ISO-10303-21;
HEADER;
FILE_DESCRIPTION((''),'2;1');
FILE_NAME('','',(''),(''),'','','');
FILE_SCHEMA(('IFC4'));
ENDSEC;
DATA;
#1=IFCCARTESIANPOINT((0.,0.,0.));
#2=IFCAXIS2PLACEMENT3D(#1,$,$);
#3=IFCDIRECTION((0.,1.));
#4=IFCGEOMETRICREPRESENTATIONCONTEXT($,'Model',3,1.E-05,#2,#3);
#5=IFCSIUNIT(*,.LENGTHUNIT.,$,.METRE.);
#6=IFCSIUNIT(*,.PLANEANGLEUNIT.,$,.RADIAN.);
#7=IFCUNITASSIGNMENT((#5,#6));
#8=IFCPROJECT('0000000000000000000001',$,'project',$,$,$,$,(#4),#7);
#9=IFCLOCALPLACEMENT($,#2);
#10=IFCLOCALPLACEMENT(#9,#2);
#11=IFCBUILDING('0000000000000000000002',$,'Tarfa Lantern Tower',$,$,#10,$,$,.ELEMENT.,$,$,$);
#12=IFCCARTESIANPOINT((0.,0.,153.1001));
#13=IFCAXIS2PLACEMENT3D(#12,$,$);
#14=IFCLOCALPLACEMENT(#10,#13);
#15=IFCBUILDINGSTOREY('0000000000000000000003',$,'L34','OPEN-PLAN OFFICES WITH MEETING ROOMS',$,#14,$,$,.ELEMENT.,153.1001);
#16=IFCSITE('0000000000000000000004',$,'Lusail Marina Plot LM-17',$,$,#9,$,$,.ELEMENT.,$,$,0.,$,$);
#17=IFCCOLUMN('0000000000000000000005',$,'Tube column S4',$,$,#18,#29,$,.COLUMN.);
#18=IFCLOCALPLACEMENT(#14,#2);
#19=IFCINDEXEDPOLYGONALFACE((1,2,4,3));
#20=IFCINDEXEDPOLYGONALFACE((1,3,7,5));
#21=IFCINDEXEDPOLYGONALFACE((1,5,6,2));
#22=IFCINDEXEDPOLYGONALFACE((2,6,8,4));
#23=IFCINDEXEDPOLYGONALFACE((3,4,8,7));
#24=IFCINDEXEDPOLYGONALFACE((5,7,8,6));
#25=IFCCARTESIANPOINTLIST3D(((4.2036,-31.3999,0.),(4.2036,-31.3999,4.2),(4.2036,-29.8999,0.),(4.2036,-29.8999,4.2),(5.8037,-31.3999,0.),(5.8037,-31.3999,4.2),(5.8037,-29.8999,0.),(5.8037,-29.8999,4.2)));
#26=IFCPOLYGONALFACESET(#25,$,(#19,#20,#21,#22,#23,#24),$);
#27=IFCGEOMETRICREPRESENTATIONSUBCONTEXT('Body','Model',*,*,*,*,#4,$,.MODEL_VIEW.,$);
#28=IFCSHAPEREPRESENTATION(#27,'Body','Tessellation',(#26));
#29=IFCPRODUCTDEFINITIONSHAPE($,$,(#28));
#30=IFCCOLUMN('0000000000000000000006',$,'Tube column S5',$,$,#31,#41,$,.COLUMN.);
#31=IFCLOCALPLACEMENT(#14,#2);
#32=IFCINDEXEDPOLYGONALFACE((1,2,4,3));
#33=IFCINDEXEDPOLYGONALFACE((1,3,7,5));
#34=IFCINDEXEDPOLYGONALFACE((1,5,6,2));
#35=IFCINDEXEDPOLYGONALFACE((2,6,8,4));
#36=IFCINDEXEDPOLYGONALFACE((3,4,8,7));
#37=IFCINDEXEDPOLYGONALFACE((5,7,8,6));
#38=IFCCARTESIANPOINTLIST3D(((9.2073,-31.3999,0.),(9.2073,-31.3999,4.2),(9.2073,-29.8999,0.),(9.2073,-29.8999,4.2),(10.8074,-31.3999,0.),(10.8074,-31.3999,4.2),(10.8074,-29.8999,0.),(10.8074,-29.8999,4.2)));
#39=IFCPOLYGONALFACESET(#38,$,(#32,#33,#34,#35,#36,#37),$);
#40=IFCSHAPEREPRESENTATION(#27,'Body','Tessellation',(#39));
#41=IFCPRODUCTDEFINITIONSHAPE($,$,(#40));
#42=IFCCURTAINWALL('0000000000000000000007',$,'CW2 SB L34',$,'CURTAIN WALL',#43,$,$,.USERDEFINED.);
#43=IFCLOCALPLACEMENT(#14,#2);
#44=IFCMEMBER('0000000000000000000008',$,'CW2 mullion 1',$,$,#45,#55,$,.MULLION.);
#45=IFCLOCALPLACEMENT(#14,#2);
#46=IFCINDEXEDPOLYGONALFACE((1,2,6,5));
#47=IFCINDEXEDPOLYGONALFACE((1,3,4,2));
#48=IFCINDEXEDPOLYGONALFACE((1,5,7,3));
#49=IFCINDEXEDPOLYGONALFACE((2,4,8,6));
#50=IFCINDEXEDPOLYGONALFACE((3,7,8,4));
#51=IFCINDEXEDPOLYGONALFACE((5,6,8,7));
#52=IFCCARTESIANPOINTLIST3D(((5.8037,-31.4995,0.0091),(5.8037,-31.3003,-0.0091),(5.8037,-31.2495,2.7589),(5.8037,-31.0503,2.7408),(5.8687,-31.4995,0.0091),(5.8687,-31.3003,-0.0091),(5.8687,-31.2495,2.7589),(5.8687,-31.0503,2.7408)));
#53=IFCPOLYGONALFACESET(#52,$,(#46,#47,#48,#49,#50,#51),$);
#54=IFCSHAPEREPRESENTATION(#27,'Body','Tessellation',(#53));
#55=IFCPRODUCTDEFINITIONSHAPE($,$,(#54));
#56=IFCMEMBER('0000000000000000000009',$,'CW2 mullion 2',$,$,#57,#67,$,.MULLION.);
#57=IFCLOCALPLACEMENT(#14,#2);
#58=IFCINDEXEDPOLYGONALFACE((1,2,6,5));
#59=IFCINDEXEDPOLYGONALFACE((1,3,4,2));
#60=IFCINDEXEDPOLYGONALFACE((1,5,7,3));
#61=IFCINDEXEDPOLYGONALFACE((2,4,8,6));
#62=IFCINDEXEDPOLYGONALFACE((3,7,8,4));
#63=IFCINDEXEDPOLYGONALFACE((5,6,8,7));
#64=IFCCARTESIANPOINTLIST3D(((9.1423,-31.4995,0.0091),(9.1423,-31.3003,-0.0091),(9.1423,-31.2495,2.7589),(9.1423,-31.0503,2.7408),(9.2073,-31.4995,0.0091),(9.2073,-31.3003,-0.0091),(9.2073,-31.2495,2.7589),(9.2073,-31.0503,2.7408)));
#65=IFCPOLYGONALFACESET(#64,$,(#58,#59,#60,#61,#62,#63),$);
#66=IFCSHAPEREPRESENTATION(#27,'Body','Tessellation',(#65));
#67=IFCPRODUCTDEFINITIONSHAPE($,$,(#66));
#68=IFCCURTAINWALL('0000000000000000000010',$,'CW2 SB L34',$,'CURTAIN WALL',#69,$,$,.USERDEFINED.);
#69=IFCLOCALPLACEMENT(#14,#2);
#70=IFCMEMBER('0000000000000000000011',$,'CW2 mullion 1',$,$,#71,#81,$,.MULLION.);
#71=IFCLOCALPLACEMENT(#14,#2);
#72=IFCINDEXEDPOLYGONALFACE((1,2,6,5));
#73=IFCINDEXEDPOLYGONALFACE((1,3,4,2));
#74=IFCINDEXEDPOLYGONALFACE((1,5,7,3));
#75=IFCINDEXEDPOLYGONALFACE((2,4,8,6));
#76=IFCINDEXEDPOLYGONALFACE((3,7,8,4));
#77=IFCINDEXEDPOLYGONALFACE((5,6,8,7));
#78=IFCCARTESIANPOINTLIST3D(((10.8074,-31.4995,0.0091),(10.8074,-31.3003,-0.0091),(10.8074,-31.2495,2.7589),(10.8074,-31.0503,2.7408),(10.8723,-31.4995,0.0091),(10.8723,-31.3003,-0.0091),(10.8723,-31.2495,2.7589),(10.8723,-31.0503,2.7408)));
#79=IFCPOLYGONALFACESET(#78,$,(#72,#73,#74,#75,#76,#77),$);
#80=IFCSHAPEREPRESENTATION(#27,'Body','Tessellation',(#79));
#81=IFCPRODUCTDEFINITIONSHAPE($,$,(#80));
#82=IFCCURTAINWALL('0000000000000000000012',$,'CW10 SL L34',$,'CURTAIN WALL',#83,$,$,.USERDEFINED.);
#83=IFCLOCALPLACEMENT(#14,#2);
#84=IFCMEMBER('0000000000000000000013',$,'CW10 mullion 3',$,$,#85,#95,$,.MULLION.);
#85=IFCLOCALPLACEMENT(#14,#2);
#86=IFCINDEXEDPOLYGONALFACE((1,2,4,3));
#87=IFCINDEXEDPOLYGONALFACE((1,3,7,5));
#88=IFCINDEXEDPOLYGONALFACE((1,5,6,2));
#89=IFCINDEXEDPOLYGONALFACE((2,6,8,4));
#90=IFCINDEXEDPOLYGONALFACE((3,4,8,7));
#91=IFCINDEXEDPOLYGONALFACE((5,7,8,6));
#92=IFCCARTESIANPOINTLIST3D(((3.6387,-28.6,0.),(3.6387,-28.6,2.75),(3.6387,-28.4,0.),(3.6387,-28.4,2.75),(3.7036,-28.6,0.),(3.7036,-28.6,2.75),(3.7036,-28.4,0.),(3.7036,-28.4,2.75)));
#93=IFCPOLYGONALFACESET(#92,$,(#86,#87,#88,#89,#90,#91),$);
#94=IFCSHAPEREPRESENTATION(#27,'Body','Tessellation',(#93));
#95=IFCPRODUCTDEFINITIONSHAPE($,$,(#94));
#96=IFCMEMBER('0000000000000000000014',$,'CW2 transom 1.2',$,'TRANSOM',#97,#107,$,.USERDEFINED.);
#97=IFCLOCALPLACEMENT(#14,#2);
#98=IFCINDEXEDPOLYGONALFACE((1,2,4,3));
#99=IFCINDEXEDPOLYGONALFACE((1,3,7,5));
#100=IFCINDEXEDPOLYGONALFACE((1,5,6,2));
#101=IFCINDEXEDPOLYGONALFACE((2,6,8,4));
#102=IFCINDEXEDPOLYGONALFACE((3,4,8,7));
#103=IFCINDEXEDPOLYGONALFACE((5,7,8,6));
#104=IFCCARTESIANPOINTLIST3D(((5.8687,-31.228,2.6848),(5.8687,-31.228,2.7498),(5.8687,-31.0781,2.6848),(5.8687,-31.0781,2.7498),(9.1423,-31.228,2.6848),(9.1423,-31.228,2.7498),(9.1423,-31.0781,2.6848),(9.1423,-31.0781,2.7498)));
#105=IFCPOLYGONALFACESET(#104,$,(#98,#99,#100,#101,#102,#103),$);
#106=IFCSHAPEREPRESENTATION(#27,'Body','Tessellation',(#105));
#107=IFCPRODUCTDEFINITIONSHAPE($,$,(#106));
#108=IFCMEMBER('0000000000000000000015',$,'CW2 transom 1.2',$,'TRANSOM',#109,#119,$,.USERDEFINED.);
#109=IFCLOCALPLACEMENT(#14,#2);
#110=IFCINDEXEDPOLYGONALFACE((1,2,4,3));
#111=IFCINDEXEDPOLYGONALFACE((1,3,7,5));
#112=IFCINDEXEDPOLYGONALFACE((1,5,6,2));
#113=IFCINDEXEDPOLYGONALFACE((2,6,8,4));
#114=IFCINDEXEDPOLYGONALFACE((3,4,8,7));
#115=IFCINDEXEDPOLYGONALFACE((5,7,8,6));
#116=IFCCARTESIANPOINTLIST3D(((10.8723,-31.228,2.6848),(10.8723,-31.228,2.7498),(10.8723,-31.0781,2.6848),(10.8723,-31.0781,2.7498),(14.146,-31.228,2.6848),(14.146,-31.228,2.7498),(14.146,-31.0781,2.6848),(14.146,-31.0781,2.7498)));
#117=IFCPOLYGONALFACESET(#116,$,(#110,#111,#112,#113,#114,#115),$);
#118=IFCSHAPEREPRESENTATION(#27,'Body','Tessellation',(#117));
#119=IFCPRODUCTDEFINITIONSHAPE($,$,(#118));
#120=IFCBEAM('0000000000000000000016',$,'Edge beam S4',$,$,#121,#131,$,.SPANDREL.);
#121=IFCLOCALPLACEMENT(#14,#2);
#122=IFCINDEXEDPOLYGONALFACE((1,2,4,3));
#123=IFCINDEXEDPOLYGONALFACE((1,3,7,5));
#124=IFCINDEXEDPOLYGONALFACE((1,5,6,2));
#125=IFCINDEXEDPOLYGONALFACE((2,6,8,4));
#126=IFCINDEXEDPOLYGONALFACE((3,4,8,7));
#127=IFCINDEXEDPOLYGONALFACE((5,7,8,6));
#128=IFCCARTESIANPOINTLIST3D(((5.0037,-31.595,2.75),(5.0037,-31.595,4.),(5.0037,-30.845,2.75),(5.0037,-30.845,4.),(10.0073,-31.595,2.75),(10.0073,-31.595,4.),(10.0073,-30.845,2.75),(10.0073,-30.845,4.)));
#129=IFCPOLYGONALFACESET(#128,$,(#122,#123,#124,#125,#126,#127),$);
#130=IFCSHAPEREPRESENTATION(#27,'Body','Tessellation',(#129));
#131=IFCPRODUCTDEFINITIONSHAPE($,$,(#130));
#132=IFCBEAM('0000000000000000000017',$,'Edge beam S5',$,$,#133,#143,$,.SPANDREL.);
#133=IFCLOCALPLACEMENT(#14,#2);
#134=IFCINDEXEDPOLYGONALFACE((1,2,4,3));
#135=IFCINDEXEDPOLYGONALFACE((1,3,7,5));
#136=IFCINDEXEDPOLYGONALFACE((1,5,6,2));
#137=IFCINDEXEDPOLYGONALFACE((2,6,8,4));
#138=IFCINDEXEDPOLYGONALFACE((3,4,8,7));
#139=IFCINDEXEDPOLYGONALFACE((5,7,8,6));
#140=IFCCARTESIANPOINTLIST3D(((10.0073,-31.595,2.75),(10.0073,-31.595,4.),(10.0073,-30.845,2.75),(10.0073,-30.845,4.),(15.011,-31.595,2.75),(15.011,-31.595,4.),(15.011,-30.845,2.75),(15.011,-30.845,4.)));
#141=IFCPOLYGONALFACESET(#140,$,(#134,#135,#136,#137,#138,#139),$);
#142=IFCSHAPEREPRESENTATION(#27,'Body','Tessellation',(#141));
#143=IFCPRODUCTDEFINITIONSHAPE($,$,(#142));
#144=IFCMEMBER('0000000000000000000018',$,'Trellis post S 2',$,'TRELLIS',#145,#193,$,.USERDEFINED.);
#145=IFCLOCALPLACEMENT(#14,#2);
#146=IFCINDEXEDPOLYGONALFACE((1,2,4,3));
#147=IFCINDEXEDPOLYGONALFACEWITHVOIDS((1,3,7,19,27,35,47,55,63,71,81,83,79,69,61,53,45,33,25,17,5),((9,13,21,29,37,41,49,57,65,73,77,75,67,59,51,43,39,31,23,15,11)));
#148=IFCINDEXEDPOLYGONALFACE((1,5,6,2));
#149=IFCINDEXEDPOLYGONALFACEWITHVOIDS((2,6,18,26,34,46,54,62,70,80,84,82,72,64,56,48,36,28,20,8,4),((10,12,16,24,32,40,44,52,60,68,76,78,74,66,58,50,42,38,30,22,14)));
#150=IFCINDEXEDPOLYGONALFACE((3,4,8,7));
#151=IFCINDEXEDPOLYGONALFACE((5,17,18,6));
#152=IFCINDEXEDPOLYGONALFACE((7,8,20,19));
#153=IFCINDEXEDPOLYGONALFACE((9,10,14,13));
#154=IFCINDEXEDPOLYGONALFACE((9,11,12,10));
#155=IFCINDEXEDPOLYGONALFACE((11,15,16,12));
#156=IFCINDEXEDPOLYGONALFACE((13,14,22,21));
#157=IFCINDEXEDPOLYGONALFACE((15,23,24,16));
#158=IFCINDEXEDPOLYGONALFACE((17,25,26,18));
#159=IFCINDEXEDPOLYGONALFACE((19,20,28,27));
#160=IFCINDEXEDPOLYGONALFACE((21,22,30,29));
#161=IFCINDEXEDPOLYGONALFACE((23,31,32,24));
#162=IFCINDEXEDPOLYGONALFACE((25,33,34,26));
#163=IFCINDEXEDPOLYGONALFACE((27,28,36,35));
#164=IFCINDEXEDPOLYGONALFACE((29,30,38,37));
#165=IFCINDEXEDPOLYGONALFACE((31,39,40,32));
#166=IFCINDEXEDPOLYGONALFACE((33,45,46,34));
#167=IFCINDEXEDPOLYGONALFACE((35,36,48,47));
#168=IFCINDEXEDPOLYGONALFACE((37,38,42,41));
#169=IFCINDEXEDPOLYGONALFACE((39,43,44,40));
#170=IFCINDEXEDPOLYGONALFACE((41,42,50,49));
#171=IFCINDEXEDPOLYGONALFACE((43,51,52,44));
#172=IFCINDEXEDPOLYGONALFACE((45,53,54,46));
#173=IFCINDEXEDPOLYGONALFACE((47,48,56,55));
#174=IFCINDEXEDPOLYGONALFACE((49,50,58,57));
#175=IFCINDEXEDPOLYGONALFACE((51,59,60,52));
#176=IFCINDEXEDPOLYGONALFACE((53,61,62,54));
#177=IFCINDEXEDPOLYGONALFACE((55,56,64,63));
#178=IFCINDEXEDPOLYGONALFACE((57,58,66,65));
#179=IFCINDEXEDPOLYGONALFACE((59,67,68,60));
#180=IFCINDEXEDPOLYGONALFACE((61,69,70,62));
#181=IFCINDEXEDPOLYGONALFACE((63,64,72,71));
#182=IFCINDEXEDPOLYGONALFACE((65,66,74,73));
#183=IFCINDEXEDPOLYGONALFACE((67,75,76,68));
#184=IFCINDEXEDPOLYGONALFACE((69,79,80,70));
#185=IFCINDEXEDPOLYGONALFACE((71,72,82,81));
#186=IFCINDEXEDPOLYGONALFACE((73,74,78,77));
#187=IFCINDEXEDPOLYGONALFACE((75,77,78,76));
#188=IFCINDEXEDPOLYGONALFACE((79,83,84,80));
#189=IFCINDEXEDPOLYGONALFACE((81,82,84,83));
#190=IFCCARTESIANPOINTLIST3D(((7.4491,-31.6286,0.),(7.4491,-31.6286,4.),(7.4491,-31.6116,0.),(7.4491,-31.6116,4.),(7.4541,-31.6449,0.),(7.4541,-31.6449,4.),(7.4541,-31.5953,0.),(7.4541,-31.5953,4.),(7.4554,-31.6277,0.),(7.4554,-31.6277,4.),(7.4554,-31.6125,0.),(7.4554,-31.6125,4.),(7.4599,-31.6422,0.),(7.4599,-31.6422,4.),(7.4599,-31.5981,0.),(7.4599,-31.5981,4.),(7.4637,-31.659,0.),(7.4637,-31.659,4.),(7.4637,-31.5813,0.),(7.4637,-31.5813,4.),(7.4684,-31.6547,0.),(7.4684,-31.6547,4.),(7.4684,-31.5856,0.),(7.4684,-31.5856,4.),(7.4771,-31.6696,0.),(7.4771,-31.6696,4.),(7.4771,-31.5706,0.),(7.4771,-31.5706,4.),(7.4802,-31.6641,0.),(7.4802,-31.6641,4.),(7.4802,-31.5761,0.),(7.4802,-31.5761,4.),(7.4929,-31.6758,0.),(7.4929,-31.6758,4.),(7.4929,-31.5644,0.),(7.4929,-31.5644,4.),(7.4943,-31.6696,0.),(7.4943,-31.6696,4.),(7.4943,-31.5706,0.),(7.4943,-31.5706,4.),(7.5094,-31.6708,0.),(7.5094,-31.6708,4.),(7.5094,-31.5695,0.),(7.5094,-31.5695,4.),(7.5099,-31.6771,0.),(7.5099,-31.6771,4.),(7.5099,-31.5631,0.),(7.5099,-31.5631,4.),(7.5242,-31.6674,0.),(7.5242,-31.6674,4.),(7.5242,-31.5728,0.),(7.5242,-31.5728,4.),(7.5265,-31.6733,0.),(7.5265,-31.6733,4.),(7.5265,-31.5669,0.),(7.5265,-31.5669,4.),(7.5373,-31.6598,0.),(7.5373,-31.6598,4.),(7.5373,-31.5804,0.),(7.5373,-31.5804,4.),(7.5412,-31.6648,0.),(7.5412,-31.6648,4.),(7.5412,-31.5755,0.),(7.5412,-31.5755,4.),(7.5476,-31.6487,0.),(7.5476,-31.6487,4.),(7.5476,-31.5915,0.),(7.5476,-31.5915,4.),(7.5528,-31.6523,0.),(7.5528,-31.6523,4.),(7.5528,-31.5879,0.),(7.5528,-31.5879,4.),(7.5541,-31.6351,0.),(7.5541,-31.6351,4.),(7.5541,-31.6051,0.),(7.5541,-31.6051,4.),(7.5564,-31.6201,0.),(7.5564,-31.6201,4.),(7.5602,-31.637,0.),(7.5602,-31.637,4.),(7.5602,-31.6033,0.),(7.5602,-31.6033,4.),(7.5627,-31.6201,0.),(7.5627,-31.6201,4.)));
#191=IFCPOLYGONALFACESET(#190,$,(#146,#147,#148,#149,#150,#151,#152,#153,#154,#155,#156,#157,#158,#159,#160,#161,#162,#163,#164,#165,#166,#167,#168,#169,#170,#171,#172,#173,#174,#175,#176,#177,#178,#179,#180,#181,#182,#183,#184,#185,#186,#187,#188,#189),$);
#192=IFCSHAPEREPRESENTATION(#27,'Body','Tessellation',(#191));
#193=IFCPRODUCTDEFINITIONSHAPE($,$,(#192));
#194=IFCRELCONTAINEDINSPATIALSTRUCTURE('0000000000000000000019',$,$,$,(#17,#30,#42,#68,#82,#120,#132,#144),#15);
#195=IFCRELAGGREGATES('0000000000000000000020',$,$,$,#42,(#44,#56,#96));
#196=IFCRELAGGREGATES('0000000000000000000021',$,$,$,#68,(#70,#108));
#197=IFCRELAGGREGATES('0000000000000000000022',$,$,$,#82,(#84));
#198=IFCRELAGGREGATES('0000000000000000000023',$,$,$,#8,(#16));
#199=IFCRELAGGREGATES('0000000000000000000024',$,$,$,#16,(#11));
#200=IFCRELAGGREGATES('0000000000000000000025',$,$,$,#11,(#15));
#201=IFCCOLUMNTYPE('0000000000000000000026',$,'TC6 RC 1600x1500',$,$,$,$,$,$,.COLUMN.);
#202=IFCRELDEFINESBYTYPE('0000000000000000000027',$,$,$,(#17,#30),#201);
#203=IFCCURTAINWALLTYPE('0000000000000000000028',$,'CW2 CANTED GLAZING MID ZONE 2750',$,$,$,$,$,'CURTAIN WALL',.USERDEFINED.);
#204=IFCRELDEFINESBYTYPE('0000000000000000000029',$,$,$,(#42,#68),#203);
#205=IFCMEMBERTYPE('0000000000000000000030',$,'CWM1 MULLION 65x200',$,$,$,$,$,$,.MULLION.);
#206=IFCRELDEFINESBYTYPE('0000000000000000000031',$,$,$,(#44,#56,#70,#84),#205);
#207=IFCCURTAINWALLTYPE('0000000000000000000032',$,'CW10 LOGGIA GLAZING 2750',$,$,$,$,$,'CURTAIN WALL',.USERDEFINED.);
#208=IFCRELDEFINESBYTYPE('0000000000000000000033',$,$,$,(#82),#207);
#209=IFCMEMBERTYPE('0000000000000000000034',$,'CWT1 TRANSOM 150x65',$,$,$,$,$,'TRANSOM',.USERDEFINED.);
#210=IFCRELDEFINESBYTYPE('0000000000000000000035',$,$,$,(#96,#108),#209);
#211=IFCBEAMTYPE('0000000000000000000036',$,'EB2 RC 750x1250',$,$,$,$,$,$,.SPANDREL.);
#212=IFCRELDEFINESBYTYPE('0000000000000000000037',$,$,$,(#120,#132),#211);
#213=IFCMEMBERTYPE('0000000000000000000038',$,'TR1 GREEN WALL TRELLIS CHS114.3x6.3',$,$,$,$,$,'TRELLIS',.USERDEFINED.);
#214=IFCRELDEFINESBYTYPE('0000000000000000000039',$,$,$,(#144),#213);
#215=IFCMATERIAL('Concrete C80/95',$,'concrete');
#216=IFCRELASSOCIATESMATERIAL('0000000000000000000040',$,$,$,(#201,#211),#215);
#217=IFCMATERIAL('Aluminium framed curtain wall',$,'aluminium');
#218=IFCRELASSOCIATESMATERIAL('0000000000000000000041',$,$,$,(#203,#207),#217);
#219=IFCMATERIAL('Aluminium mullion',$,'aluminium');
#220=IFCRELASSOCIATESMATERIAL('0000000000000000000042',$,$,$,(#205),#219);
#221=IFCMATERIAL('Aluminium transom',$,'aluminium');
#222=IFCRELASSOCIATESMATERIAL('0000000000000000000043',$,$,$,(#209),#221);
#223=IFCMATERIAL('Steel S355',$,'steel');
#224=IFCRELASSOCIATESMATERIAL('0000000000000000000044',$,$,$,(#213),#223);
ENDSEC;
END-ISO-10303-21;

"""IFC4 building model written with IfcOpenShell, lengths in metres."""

from ifc_helpers import new_model, si_unit, direction, frame, origin, origin_2d, place, context, subcontext, project, spatial, rectangle, hollow_circle, extrude, material, material_profile, profile_set, type_object, element, aggregate, save


model = new_model("IFC4")

# Units and contexts
model_context = context("Model", 3, precision=1e-05, world=origin(), true_north=direction((0.0, 1.0)))
body_context = subcontext(model_context, "Body", "Model", "MODEL_VIEW")
ifc_project = project(units=[si_unit("LENGTHUNIT", "METRE"), si_unit("PLANEANGLEUNIT", "RADIAN")], contexts=[model_context])

# Site, building, storey
site_placement = place(None, origin())
site = spatial("IfcSite", under=ifc_project, at=site_placement, Name="Lusail Marina Plot LM-17", CompositionType="ELEMENT", RefElevation=0.0)
building_placement = place(site_placement, origin())
building = spatial("IfcBuilding", under=site, at=building_placement, Name="Tarfa Lantern Tower", CompositionType="ELEMENT")
storey_placement = place(building_placement, frame((0.0, 0.0, 153.1001)))
storey = spatial("IfcBuildingStorey", under=building, at=storey_placement, Name="L34", Description="OPEN-PLAN OFFICES WITH MEETING ROOMS", CompositionType="ELEMENT", Elevation=153.1001)

# Columns
ifc_material_1 = material(Name="Concrete C80/95", Category="concrete")
ifc_material_profile_1 = material_profile(ifc_material_1, rectangle(XDim=1.6001, YDim=1.5, at=origin_2d()), Name="RC 1600x1500")
ifc_profile_set_1 = profile_set([ifc_material_profile_1], Name="Concrete C80/95")
column_type = type_object("IfcColumnType", Name="TC6 RC 1600x1500", PredefinedType="COLUMN", material=ifc_profile_set_1)
for number, where, z_axis, x_axis, name in (
    (1, (5.0037, -30.6499, 0.0), (0.0, 0.0, 1.0), (1.0, 0.0, 0.0), "Tube column S4"),
    (2, (10.0073, -30.6499, 0.0), (0.0, 0.0, 1.0), (1.0, 0.0, 0.0), "Tube column S5"),
):
    element("IfcColumn", number, at=place(storey_placement, frame(where, z_axis=z_axis, x_axis=x_axis)), inside=storey, type_object=column_type, Name=name, PredefinedType="COLUMN", context=body_context, shape_type="SweptSolid", body=[
        extrude(rectangle(XDim=1.6001, YDim=1.5, at=origin_2d()), origin(), (0.0, 0.0, 1.0), 4.2),
    ])

# Curtain wall, members
ifc_material_2 = material(Name="Aluminium framed curtain wall", Category="aluminium")
curtain_wall_type_1 = type_object("IfcCurtainWallType", Name="CW2 CANTED GLAZING MID ZONE 2750", ElementType="CURTAIN WALL", PredefinedType="USERDEFINED", material=ifc_material_2)
curtain_wall_1_placement = place(storey_placement, origin())
curtain_wall_1 = element("IfcCurtainWall", 3, at=curtain_wall_1_placement, inside=storey, type_object=curtain_wall_type_1, Name="CW2 SB L34", ObjectType="CURTAIN WALL", PredefinedType="USERDEFINED")
ifc_material_3 = material(Name="Aluminium mullion", Category="aluminium")
ifc_material_profile_2 = material_profile(ifc_material_3, rectangle(XDim=0.0649, YDim=0.2, at=origin_2d()), Name="AL MULLION 65x200")
ifc_profile_set_2 = profile_set([ifc_material_profile_2], Name="Aluminium mullion")
member_type_1 = type_object("IfcMemberType", Name="CWM1 MULLION 65x200", PredefinedType="MULLION", material=ifc_profile_set_2)
member_1_placement = place(storey_placement, frame((5.8362, -31.3999, 0.0), z_axis=(0.0, 0.090536, 0.995893), x_axis=(-1.0, 0.0, 0.0)))
member_1 = element("IfcMember", 4, at=member_1_placement, type_object=member_type_1, Name="CW2 mullion 1", PredefinedType="MULLION", context=body_context, shape_type="SweptSolid", body=[
    extrude(rectangle(XDim=0.0649, YDim=0.2, at=origin_2d()), origin(), (0.0, 0.0, 1.0), 2.7612),
])
member_2_placement = place(storey_placement, frame((9.1748, -31.3999, 0.0), z_axis=(0.0, 0.090536, 0.995893), x_axis=(-1.0, 0.0, 0.0)))
member_2 = element("IfcMember", 5, at=member_2_placement, type_object=member_type_1, Name="CW2 mullion 2", PredefinedType="MULLION", context=body_context, shape_type="SweptSolid", body=[
    extrude(rectangle(XDim=0.0649, YDim=0.2, at=origin_2d()), origin(), (0.0, 0.0, 1.0), 2.7612),
])

# Curtain walls, members
curtain_wall_2_placement = place(storey_placement, origin())
curtain_wall_2 = element("IfcCurtainWall", 6, at=curtain_wall_2_placement, inside=storey, type_object=curtain_wall_type_1, Name="CW2 SB L34", ObjectType="CURTAIN WALL", PredefinedType="USERDEFINED")
member_3_placement = place(storey_placement, frame((10.8398, -31.3999, 0.0), z_axis=(0.0, 0.090536, 0.995893), x_axis=(-1.0, 0.0, 0.0)))
member_3 = element("IfcMember", 7, at=member_3_placement, type_object=member_type_1, Name="CW2 mullion 1", PredefinedType="MULLION", context=body_context, shape_type="SweptSolid", body=[
    extrude(rectangle(XDim=0.0649, YDim=0.2, at=origin_2d()), origin(), (0.0, 0.0, 1.0), 2.7612),
])
curtain_wall_type_2 = type_object("IfcCurtainWallType", Name="CW10 LOGGIA GLAZING 2750", ElementType="CURTAIN WALL", PredefinedType="USERDEFINED", material=ifc_material_2)
curtain_wall_3_placement = place(storey_placement, origin())
curtain_wall_3 = element("IfcCurtainWall", 8, at=curtain_wall_3_placement, inside=storey, type_object=curtain_wall_type_2, Name="CW10 SL L34", ObjectType="CURTAIN WALL", PredefinedType="USERDEFINED")
member_4_placement = place(storey_placement, frame((3.6711, -28.5, 0.0), z_axis=(0.0, 0.0, 1.0), x_axis=(1.0, 0.0, 0.0)))
member_4 = element("IfcMember", 9, at=member_4_placement, type_object=member_type_1, Name="CW10 mullion 3", PredefinedType="MULLION", context=body_context, shape_type="SweptSolid", body=[
    extrude(rectangle(XDim=0.0649, YDim=0.2, at=origin_2d()), origin(), (0.0, 0.0, 1.0), 2.75),
])

# Members
ifc_material_4 = material(Name="Aluminium transom", Category="aluminium")
ifc_material_profile_3 = material_profile(ifc_material_4, rectangle(XDim=0.1499, YDim=0.0649, at=origin_2d()), Name="AL TRANSOM 150x65")
ifc_profile_set_3 = profile_set([ifc_material_profile_3], Name="Aluminium transom")
member_type_2 = type_object("IfcMemberType", Name="CWT1 TRANSOM 150x65", ElementType="TRANSOM", PredefinedType="USERDEFINED", material=ifc_profile_set_3)
member_5_placement = place(storey_placement, frame((5.8687, -31.1531, 2.7173), z_axis=(1.0, 0.0, 0.0), x_axis=(0.0, 1.0, 0.0)))
member_5 = element("IfcMember", 10, at=member_5_placement, type_object=member_type_2, Name="CW2 transom 1.2", ObjectType="TRANSOM", PredefinedType="USERDEFINED", context=body_context, shape_type="SweptSolid", body=[
    extrude(rectangle(XDim=0.1499, YDim=0.0649, at=origin_2d()), origin(), (0.0, 0.0, 1.0), 3.2737),
])
member_6_placement = place(storey_placement, frame((10.8723, -31.1531, 2.7173), z_axis=(1.0, 0.0, 0.0), x_axis=(0.0, 1.0, 0.0)))
member_6 = element("IfcMember", 11, at=member_6_placement, type_object=member_type_2, Name="CW2 transom 1.2", ObjectType="TRANSOM", PredefinedType="USERDEFINED", context=body_context, shape_type="SweptSolid", body=[
    extrude(rectangle(XDim=0.1499, YDim=0.0649, at=origin_2d()), origin(), (0.0, 0.0, 1.0), 3.2737),
])

# Beams
ifc_material_profile_4 = material_profile(ifc_material_1, rectangle(XDim=0.75, YDim=1.25, at=origin_2d()), Name="RC 750x1250")
ifc_profile_set_4 = profile_set([ifc_material_profile_4], Name="Concrete C80/95")
beam_type_1 = type_object("IfcBeamType", Name="EB2 RC 750x1250", PredefinedType="SPANDREL", material=ifc_profile_set_4)
for number, where, z_axis, x_axis, name in (
    (12, (5.0037, -31.22, 3.375), (1.0, 0.0, 0.0), (0.0, 1.0, 0.0), "Edge beam S4"),
    (13, (10.0073, -31.22, 3.375), (1.0, 0.0, 0.0), (0.0, 1.0, 0.0), "Edge beam S5"),
):
    element("IfcBeam", number, at=place(storey_placement, frame(where, z_axis=z_axis, x_axis=x_axis)), inside=storey, type_object=beam_type_1, Name=name, PredefinedType="SPANDREL", context=body_context, shape_type="SweptSolid", body=[
        extrude(rectangle(XDim=0.75, YDim=1.25, at=origin_2d()), origin(), (0.0, 0.0, 1.0), 5.0037),
    ])

# Member
ifc_material_5 = material(Name="Steel S355", Category="steel")
ifc_material_profile_5 = material_profile(ifc_material_5, hollow_circle(Radius=0.0571, WallThickness=0.0063, at=origin_2d()), Name="CHS114.3x6.3")
ifc_profile_set_5 = profile_set([ifc_material_profile_5], Name="Steel S355")
member_type_3 = type_object("IfcMemberType", Name="TR1 GREEN WALL TRELLIS CHS114.3x6.3", ElementType="TRELLIS", PredefinedType="USERDEFINED", material=ifc_profile_set_5)
member_7_placement = place(storey_placement, frame((7.5056, -31.6201, 0.0), z_axis=(0.0, 0.0, 1.0), x_axis=(1.0, 0.0, 0.0)))
element("IfcMember", 14, at=member_7_placement, inside=storey, type_object=member_type_3, Name="Trellis post S 2", ObjectType="TRELLIS", PredefinedType="USERDEFINED", context=body_context, shape_type="SweptSolid", body=[
    extrude(hollow_circle(Radius=0.0571, WallThickness=0.0063, at=origin_2d()), origin(), (0.0, 0.0, 1.0), 4.0),
])

aggregate(curtain_wall_1, [member_1, member_2, member_5])
aggregate(curtain_wall_2, [member_3, member_6])
aggregate(curtain_wall_3, [member_4])

save(model, "model.ifc")
